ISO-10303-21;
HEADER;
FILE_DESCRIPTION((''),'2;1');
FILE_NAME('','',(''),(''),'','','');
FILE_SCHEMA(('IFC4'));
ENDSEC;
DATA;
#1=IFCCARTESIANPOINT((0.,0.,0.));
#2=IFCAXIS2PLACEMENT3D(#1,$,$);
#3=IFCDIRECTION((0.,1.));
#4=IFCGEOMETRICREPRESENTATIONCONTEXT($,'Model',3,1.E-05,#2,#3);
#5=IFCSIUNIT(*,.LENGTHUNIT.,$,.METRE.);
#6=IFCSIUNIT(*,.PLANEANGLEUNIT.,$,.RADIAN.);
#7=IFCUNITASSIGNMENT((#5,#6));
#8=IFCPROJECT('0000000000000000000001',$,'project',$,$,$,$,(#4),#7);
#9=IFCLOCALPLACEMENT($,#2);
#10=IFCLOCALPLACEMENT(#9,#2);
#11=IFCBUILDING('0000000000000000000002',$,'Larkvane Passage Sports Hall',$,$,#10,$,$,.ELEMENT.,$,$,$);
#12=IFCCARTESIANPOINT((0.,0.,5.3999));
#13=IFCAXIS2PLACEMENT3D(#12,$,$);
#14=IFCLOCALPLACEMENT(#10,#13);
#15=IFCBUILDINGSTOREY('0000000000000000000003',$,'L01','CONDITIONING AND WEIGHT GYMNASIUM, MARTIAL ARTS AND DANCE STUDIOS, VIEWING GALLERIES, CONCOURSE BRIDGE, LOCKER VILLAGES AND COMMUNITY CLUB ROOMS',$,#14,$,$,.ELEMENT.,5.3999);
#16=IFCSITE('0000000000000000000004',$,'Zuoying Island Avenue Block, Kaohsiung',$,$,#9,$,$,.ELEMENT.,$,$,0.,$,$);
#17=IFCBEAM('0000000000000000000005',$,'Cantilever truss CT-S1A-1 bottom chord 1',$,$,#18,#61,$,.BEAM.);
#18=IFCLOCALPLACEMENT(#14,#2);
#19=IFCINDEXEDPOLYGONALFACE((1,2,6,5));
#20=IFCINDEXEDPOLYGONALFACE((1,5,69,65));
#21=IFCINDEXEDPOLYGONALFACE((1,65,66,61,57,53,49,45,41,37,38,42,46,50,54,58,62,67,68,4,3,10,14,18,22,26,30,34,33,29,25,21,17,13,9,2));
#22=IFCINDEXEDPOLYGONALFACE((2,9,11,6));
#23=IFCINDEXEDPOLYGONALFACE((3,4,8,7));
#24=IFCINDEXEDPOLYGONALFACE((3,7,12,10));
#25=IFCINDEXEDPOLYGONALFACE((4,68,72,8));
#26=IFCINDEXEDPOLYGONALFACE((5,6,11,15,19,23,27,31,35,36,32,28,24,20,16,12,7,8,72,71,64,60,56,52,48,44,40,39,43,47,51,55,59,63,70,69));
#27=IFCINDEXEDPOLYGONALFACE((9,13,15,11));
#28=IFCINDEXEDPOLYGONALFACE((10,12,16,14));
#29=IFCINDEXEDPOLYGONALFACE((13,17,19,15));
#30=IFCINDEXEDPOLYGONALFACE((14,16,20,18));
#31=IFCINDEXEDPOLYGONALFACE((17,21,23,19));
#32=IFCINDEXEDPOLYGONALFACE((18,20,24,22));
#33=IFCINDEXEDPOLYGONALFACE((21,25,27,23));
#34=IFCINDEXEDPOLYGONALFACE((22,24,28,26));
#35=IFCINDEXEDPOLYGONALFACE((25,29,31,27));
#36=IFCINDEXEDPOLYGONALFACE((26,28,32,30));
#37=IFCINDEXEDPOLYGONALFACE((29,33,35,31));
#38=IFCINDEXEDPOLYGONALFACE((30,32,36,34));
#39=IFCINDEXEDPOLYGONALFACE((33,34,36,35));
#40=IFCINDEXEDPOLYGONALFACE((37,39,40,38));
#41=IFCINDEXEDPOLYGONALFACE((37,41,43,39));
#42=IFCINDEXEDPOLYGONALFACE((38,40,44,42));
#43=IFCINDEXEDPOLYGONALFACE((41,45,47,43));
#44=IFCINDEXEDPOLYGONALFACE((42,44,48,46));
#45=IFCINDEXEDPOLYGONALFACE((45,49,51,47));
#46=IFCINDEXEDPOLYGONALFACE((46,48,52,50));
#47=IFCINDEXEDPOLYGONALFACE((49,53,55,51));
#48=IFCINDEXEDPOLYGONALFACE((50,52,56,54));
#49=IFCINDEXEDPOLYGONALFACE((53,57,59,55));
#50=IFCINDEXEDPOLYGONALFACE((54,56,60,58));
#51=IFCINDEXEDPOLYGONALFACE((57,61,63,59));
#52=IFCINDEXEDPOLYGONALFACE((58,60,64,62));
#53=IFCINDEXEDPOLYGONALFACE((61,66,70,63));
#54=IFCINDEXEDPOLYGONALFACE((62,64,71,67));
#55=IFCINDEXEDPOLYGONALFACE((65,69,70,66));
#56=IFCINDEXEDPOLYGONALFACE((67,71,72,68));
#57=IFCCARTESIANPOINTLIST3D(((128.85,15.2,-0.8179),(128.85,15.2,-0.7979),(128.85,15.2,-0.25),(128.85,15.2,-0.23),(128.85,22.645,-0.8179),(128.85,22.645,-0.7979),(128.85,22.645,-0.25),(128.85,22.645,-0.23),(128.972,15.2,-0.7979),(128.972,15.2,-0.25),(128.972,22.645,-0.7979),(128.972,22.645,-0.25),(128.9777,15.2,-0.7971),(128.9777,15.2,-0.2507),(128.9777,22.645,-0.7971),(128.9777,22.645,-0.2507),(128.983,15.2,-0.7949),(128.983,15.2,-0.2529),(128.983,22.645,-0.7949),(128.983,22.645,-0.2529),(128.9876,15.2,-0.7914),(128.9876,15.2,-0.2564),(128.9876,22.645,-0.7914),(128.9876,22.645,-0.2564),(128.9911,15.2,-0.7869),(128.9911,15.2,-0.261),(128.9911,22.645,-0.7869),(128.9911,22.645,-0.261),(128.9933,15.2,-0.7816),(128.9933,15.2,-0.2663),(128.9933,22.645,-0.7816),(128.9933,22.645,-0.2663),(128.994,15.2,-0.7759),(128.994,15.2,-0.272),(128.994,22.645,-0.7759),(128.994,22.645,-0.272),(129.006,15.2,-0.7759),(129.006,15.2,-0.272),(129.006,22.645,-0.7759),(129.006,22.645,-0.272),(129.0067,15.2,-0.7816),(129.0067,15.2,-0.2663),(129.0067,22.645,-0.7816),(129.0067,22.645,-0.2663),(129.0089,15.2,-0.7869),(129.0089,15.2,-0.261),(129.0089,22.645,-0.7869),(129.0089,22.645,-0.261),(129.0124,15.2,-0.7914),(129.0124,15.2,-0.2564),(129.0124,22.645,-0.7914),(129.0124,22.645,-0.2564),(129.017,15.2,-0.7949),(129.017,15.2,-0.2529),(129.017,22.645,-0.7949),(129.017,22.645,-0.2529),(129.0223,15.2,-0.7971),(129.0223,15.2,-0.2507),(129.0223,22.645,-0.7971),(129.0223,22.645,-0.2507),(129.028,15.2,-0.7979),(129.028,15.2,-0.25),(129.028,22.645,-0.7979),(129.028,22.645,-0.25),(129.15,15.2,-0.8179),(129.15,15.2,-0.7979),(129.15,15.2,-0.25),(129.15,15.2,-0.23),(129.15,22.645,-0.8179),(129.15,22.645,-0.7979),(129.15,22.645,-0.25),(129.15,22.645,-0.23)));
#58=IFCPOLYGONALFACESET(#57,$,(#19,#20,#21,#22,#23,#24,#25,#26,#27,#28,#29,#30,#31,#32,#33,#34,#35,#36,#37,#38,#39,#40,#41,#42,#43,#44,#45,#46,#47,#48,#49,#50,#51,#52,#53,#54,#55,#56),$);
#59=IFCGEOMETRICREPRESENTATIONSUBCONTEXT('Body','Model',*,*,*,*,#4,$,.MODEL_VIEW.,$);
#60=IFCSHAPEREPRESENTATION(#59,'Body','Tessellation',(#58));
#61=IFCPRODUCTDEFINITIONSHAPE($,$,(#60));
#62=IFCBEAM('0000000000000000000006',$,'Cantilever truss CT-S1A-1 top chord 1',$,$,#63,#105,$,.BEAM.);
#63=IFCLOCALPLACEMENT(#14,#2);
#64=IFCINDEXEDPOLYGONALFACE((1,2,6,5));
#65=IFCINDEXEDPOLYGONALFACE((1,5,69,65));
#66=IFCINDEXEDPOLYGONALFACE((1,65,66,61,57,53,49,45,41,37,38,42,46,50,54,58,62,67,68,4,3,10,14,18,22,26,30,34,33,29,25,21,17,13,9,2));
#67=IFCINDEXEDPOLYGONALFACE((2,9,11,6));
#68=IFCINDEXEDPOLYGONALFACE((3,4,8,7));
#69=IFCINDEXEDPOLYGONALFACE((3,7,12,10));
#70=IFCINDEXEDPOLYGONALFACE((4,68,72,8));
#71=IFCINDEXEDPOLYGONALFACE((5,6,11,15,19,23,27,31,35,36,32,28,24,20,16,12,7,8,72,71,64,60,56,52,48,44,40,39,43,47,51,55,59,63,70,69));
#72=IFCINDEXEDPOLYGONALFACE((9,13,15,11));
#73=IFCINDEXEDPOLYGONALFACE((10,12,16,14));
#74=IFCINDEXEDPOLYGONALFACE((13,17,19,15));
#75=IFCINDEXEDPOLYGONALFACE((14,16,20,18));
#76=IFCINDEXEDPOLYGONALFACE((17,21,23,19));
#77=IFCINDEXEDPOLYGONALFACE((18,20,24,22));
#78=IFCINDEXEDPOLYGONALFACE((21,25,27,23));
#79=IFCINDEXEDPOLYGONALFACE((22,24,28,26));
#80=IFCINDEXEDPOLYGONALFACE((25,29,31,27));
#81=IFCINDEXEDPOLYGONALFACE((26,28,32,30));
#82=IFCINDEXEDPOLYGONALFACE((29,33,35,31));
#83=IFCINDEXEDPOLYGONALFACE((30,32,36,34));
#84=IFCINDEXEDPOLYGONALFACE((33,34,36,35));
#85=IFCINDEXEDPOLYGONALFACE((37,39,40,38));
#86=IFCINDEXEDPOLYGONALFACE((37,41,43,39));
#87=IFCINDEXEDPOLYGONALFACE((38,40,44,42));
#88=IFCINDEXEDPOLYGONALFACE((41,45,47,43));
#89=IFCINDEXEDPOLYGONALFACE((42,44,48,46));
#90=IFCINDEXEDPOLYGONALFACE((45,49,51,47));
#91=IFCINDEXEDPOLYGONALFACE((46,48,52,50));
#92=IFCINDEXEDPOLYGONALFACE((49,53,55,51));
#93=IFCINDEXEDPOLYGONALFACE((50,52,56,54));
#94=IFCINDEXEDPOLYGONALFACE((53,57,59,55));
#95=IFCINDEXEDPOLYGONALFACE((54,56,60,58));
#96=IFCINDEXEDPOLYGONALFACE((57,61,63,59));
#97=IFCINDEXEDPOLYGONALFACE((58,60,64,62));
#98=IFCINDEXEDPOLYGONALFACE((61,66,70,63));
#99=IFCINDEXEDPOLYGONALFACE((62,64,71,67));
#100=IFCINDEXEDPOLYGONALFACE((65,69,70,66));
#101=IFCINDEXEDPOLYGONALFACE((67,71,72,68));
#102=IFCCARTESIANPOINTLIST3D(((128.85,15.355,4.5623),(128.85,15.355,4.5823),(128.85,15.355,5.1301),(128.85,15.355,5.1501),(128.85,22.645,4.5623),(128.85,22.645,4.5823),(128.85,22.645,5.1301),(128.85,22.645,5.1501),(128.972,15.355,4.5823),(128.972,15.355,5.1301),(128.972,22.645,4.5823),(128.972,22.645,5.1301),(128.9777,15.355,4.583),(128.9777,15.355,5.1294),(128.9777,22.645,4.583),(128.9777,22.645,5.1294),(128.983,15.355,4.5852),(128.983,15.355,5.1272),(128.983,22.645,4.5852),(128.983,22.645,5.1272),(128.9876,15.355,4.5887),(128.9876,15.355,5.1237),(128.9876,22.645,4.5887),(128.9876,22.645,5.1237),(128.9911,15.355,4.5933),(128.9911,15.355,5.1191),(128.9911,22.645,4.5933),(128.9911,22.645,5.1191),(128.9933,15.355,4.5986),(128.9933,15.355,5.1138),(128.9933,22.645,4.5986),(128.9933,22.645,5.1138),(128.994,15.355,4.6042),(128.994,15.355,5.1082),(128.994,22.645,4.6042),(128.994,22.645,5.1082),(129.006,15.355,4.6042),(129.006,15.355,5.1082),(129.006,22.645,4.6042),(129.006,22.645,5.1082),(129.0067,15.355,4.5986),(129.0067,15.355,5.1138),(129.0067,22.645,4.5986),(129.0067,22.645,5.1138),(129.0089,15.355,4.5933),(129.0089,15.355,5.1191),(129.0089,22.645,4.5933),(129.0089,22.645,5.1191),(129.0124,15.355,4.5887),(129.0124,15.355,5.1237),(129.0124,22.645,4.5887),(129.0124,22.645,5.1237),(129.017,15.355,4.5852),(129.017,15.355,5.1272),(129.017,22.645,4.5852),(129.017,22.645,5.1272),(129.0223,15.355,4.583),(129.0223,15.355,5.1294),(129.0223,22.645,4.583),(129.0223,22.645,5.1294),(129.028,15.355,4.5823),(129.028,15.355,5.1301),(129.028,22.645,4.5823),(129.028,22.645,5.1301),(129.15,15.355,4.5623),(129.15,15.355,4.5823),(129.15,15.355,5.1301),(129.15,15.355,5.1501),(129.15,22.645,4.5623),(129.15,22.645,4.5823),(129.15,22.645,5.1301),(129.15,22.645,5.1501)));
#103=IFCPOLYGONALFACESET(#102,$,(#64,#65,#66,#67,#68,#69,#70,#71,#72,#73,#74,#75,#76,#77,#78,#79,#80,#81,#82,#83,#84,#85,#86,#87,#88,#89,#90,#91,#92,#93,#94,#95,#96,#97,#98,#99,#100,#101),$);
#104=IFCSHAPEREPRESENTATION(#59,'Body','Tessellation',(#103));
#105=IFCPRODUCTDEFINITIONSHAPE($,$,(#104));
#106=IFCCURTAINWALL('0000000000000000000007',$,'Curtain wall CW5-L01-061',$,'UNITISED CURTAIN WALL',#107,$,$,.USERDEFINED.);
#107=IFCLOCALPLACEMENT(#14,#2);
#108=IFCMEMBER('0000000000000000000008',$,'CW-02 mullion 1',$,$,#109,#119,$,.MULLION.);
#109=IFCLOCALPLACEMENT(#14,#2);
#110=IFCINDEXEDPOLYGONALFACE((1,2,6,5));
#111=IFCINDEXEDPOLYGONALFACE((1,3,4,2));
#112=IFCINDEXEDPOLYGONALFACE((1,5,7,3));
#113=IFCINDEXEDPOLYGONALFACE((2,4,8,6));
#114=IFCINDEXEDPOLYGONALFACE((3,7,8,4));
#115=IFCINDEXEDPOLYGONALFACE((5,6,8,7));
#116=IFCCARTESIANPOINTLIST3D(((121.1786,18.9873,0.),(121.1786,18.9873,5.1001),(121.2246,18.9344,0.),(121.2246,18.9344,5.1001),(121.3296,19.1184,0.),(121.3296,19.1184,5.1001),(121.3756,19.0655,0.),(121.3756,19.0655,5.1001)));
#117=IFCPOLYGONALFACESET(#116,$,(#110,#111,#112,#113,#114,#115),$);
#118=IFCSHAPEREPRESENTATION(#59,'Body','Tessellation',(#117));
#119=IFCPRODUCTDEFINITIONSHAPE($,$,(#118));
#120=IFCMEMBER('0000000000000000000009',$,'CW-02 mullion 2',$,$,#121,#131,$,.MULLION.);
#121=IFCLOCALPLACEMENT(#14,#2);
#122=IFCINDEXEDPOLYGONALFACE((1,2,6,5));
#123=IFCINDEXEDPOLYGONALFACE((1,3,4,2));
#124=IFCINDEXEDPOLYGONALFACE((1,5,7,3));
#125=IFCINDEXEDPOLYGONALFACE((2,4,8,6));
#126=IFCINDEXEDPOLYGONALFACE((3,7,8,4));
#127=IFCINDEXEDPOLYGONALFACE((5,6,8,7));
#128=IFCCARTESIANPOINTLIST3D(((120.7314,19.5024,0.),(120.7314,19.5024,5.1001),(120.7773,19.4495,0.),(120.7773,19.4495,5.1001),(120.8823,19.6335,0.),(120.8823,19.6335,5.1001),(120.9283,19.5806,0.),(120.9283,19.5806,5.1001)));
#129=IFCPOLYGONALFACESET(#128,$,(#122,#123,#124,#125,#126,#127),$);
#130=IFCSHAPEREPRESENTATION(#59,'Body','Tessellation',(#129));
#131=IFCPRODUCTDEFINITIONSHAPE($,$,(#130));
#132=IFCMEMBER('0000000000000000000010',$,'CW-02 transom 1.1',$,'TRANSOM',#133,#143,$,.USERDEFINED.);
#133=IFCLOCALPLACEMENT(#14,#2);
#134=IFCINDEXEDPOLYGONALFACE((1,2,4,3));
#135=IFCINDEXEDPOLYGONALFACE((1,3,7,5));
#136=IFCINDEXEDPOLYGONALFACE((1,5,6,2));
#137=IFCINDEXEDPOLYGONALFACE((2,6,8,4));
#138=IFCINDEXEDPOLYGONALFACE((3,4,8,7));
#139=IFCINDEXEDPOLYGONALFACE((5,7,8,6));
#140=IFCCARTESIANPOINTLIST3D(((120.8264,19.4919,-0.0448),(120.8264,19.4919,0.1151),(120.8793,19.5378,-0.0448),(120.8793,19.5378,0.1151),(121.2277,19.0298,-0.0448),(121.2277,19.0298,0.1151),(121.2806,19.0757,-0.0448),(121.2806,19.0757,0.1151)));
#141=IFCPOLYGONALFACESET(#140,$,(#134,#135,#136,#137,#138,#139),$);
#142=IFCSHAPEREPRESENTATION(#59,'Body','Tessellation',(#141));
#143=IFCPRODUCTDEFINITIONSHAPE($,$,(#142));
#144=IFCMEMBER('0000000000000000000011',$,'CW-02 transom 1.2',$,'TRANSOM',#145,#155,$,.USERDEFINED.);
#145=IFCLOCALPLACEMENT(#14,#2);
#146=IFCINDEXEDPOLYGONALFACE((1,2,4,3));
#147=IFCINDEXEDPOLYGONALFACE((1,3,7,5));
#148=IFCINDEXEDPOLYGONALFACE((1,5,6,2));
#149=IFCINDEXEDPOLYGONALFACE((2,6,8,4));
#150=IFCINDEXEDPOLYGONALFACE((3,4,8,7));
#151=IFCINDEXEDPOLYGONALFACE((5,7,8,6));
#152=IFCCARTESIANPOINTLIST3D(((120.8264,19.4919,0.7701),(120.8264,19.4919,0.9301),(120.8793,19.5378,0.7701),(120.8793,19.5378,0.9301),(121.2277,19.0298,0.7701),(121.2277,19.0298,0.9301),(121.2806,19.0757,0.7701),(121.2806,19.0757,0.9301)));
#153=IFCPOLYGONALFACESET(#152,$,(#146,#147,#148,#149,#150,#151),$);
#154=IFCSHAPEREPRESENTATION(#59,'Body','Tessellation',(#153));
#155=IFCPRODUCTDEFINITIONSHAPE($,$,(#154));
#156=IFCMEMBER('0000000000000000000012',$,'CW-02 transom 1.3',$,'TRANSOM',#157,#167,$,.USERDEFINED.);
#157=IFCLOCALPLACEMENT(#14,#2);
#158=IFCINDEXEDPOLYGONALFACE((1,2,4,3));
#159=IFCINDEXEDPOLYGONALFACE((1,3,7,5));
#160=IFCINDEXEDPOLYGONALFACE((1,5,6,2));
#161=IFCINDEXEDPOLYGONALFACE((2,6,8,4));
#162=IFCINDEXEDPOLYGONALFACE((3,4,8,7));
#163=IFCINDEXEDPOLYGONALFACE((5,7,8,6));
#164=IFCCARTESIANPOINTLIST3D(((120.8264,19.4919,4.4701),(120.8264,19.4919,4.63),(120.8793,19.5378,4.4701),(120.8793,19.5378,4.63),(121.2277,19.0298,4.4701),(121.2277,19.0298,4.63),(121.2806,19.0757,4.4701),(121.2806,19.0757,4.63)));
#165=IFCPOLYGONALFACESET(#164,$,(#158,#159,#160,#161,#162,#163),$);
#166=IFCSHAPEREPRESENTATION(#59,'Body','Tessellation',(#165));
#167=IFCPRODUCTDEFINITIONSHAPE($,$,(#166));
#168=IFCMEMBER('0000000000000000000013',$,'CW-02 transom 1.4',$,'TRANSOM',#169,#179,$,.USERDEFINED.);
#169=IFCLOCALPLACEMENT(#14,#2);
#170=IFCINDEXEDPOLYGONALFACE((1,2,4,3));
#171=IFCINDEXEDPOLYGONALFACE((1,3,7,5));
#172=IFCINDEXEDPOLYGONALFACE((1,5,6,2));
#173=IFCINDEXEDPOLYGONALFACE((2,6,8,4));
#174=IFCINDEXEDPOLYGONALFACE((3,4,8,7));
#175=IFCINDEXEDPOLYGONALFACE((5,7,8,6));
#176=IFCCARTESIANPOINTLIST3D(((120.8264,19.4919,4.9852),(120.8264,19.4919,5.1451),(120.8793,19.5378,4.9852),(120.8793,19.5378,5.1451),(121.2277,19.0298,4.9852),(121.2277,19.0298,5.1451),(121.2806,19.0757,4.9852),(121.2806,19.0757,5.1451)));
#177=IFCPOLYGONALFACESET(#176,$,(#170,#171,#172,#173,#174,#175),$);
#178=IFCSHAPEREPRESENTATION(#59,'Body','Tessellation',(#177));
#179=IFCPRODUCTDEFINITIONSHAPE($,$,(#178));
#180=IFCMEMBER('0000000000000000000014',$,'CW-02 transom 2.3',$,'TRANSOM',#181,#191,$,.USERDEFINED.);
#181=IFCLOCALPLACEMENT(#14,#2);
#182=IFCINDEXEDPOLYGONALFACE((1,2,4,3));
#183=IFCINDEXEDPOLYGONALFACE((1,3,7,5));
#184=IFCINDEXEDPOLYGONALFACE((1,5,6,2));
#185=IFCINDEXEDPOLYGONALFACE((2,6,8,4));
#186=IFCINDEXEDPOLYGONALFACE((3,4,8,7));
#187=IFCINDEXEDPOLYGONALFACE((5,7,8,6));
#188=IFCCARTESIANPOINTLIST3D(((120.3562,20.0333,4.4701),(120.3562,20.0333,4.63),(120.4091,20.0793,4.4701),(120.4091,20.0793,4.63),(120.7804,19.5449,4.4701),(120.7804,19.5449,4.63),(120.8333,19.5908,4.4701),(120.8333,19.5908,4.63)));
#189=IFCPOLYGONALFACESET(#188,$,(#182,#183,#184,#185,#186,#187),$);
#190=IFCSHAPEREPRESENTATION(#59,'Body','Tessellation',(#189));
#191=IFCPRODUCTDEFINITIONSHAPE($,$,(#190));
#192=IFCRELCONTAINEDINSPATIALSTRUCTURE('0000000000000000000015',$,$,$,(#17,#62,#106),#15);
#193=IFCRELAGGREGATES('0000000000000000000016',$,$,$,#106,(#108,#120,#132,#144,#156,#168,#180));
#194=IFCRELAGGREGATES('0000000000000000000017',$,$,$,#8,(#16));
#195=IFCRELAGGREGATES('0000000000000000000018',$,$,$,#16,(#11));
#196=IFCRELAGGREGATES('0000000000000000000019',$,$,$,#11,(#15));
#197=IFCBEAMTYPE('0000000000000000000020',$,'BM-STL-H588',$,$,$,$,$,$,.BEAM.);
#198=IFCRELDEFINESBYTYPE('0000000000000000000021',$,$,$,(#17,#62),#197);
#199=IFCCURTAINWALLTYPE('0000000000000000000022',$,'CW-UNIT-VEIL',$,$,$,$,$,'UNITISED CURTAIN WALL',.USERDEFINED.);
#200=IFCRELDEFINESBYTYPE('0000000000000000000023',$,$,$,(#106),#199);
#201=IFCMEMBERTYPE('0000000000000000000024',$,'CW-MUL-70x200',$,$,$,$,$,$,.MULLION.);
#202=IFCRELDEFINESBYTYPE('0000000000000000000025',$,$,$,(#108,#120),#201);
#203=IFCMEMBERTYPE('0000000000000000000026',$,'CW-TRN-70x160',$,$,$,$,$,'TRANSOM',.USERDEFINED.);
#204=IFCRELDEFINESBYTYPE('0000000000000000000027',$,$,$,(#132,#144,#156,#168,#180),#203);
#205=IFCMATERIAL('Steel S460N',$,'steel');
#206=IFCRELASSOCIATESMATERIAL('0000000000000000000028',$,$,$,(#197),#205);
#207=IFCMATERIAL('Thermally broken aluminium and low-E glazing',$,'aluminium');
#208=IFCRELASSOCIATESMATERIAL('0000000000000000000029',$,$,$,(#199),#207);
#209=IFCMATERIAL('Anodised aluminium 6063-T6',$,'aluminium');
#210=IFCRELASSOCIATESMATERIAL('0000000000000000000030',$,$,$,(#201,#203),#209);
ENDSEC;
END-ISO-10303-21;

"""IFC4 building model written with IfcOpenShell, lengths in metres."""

from ifc_helpers import new_model, si_unit, direction, frame, origin, origin_2d, place, context, subcontext, project, spatial, rectangle, i_section, extrude, material, material_profile, profile_set, type_object, element, aggregate, save


model = new_model("IFC4")

# Units and contexts
model_context = context("Model", 3, precision=1e-05, world=origin(), true_north=direction((0.0, 1.0)))
body_context = subcontext(model_context, "Body", "Model", "MODEL_VIEW")
ifc_project = project(units=[si_unit("LENGTHUNIT", "METRE"), si_unit("PLANEANGLEUNIT", "RADIAN")], contexts=[model_context])

# Site, building, storey
site_placement = place(None, origin())
site = spatial("IfcSite", under=ifc_project, at=site_placement, Name="Zuoying Island Avenue Block, Kaohsiung", CompositionType="ELEMENT", RefElevation=0.0)
building_placement = place(site_placement, origin())
building = spatial("IfcBuilding", under=site, at=building_placement, Name="Larkvane Passage Sports Hall", CompositionType="ELEMENT")
storey_placement = place(building_placement, frame((0.0, 0.0, 5.3999)))
storey = spatial("IfcBuildingStorey", under=building, at=storey_placement, Name="L01", Description="CONDITIONING AND WEIGHT GYMNASIUM, MARTIAL ARTS AND DANCE STUDIOS, VIEWING GALLERIES, CONCOURSE BRIDGE, LOCKER VILLAGES AND COMMUNITY CLUB ROOMS", CompositionType="ELEMENT", Elevation=5.3999)

# Beams
ifc_material_1 = material(Name="Steel S460N", Category="steel")
ifc_material_profile_1 = material_profile(ifc_material_1, i_section(OverallWidth=0.3, OverallDepth=0.5879, WebThickness=0.012, FlangeThickness=0.02, FilletRadius=0.022, at=origin_2d()), Name="H-588x300x12x20")
ifc_profile_set_1 = profile_set([ifc_material_profile_1], Name="Steel S460N")
beam_type = type_object("IfcBeamType", Name="BM-STL-H588", PredefinedType="BEAM", material=ifc_profile_set_1)
beam_1_placement = place(storey_placement, frame((129.0, 15.2, -0.5239), z_axis=(0.0, 1.0, 0.0), x_axis=(-1.0, 0.0, 0.0)))
element("IfcBeam", 1, at=beam_1_placement, inside=storey, type_object=beam_type, Name="Cantilever truss CT-S1A-1 bottom chord 1", PredefinedType="BEAM", context=body_context, shape_type="SweptSolid", body=[
    extrude(i_section(OverallWidth=0.3, OverallDepth=0.5879, WebThickness=0.012, FlangeThickness=0.02, FilletRadius=0.022, at=origin_2d()), origin(), (0.0, 0.0, 1.0), 7.4451),
])
beam_2_placement = place(storey_placement, frame((129.0, 15.355, 4.8562), z_axis=(0.0, 1.0, 0.0), x_axis=(-1.0, 0.0, 0.0)))
element("IfcBeam", 2, at=beam_2_placement, inside=storey, type_object=beam_type, Name="Cantilever truss CT-S1A-1 top chord 1", PredefinedType="BEAM", context=body_context, shape_type="SweptSolid", body=[
    extrude(i_section(OverallWidth=0.3, OverallDepth=0.5879, WebThickness=0.012, FlangeThickness=0.02, FilletRadius=0.022, at=origin_2d()), origin(), (0.0, 0.0, 1.0), 7.29),
])

# Curtain wall, members
ifc_material_2 = material(Name="Thermally broken aluminium and low-E glazing", Category="aluminium")
curtain_wall_type = type_object("IfcCurtainWallType", Name="CW-UNIT-VEIL", ElementType="UNITISED CURTAIN WALL", PredefinedType="USERDEFINED", material=ifc_material_2)
curtain_wall_placement = place(storey_placement, origin())
curtain_wall = element("IfcCurtainWall", 3, at=curtain_wall_placement, inside=storey, type_object=curtain_wall_type, Name="Curtain wall CW5-L01-061", ObjectType="UNITISED CURTAIN WALL", PredefinedType="USERDEFINED")
ifc_material_3 = material(Name="Anodised aluminium 6063-T6", Category="aluminium")
ifc_material_profile_2 = material_profile(ifc_material_3, rectangle(XDim=0.0701, YDim=0.2, at=origin_2d()), Name="ALU-MUL-70x200")
ifc_profile_set_2 = profile_set([ifc_material_profile_2], Name="Anodised aluminium 6063-T6")
member_type_1 = type_object("IfcMemberType", Name="CW-MUL-70x200", PredefinedType="MULLION", material=ifc_profile_set_2)
member_1_placement = place(storey_placement, frame((121.2771, 19.0264, 0.0), z_axis=(0.0, 0.0, 1.0), x_axis=(-0.655685, 0.755035, 0.0)))
member_1 = element("IfcMember", 4, at=member_1_placement, type_object=member_type_1, Name="CW-02 mullion 1", PredefinedType="MULLION", context=body_context, shape_type="SweptSolid", body=[
    extrude(rectangle(XDim=0.0701, YDim=0.2, at=origin_2d()), origin(), (0.0, 0.0, 1.0), 5.1001),
])
member_2_placement = place(storey_placement, frame((120.8298, 19.5415, 0.0), z_axis=(0.0, 0.0, 1.0), x_axis=(-0.655685, 0.755035, 0.0)))
member_2 = element("IfcMember", 5, at=member_2_placement, type_object=member_type_1, Name="CW-02 mullion 2", PredefinedType="MULLION", context=body_context, shape_type="SweptSolid", body=[
    extrude(rectangle(XDim=0.0701, YDim=0.2, at=origin_2d()), origin(), (0.0, 0.0, 1.0), 5.1001),
])
ifc_material_profile_3 = material_profile(ifc_material_3, rectangle(XDim=0.0701, YDim=0.1599, at=origin_2d()), Name="ALU-TRN-70x160")
ifc_profile_set_3 = profile_set([ifc_material_profile_3], Name="Anodised aluminium 6063-T6")
member_type_2 = type_object("IfcMemberType", Name="CW-TRN-70x160", ElementType="TRANSOM", PredefinedType="USERDEFINED", material=ifc_profile_set_3)
member_3_placement = place(storey_placement, frame((121.2542, 19.0527, 0.0352), z_axis=(-0.655705, 0.755018, 0.0), x_axis=(-0.755018, -0.655705, 0.0)))
member_3 = element("IfcMember", 6, at=member_3_placement, type_object=member_type_2, Name="CW-02 transom 1.1", ObjectType="TRANSOM", PredefinedType="USERDEFINED", context=body_context, shape_type="SweptSolid", body=[
    extrude(rectangle(XDim=0.0701, YDim=0.1599, at=origin_2d()), origin(), (0.0, 0.0, 1.0), 0.6121),
])
member_4_placement = place(storey_placement, frame((121.2542, 19.0527, 0.8501), z_axis=(-0.655705, 0.755018, 0.0), x_axis=(-0.755018, -0.655705, 0.0)))
member_4 = element("IfcMember", 7, at=member_4_placement, type_object=member_type_2, Name="CW-02 transom 1.2", ObjectType="TRANSOM", PredefinedType="USERDEFINED", context=body_context, shape_type="SweptSolid", body=[
    extrude(rectangle(XDim=0.0701, YDim=0.1599, at=origin_2d()), origin(), (0.0, 0.0, 1.0), 0.6121),
])
member_5_placement = place(storey_placement, frame((121.2542, 19.0527, 4.55), z_axis=(-0.655705, 0.755018, 0.0), x_axis=(-0.755018, -0.655705, 0.0)))
member_5 = element("IfcMember", 8, at=member_5_placement, type_object=member_type_2, Name="CW-02 transom 1.3", ObjectType="TRANSOM", PredefinedType="USERDEFINED", context=body_context, shape_type="SweptSolid", body=[
    extrude(rectangle(XDim=0.0701, YDim=0.1599, at=origin_2d()), origin(), (0.0, 0.0, 1.0), 0.6121),
])
member_6_placement = place(storey_placement, frame((121.2542, 19.0527, 5.0652), z_axis=(-0.655705, 0.755018, 0.0), x_axis=(-0.755018, -0.655705, 0.0)))
member_6 = element("IfcMember", 9, at=member_6_placement, type_object=member_type_2, Name="CW-02 transom 1.4", ObjectType="TRANSOM", PredefinedType="USERDEFINED", context=body_context, shape_type="SweptSolid", body=[
    extrude(rectangle(XDim=0.0701, YDim=0.1599, at=origin_2d()), origin(), (0.0, 0.0, 1.0), 0.6121),
])
member_7_placement = place(storey_placement, frame((120.8069, 19.5679, 4.55), z_axis=(-0.655749, 0.754979, 0.0), x_axis=(-0.754979, -0.655749, 0.0)))
member_7 = element("IfcMember", 10, at=member_7_placement, type_object=member_type_2, Name="CW-02 transom 2.3", ObjectType="TRANSOM", PredefinedType="USERDEFINED", context=body_context, shape_type="SweptSolid", body=[
    extrude(rectangle(XDim=0.0701, YDim=0.1599, at=origin_2d()), origin(), (0.0, 0.0, 1.0), 0.647),
])

aggregate(curtain_wall, [member_1, member_2, member_3, member_4, member_5, member_6, member_7])

save(model, "model.ifc")
